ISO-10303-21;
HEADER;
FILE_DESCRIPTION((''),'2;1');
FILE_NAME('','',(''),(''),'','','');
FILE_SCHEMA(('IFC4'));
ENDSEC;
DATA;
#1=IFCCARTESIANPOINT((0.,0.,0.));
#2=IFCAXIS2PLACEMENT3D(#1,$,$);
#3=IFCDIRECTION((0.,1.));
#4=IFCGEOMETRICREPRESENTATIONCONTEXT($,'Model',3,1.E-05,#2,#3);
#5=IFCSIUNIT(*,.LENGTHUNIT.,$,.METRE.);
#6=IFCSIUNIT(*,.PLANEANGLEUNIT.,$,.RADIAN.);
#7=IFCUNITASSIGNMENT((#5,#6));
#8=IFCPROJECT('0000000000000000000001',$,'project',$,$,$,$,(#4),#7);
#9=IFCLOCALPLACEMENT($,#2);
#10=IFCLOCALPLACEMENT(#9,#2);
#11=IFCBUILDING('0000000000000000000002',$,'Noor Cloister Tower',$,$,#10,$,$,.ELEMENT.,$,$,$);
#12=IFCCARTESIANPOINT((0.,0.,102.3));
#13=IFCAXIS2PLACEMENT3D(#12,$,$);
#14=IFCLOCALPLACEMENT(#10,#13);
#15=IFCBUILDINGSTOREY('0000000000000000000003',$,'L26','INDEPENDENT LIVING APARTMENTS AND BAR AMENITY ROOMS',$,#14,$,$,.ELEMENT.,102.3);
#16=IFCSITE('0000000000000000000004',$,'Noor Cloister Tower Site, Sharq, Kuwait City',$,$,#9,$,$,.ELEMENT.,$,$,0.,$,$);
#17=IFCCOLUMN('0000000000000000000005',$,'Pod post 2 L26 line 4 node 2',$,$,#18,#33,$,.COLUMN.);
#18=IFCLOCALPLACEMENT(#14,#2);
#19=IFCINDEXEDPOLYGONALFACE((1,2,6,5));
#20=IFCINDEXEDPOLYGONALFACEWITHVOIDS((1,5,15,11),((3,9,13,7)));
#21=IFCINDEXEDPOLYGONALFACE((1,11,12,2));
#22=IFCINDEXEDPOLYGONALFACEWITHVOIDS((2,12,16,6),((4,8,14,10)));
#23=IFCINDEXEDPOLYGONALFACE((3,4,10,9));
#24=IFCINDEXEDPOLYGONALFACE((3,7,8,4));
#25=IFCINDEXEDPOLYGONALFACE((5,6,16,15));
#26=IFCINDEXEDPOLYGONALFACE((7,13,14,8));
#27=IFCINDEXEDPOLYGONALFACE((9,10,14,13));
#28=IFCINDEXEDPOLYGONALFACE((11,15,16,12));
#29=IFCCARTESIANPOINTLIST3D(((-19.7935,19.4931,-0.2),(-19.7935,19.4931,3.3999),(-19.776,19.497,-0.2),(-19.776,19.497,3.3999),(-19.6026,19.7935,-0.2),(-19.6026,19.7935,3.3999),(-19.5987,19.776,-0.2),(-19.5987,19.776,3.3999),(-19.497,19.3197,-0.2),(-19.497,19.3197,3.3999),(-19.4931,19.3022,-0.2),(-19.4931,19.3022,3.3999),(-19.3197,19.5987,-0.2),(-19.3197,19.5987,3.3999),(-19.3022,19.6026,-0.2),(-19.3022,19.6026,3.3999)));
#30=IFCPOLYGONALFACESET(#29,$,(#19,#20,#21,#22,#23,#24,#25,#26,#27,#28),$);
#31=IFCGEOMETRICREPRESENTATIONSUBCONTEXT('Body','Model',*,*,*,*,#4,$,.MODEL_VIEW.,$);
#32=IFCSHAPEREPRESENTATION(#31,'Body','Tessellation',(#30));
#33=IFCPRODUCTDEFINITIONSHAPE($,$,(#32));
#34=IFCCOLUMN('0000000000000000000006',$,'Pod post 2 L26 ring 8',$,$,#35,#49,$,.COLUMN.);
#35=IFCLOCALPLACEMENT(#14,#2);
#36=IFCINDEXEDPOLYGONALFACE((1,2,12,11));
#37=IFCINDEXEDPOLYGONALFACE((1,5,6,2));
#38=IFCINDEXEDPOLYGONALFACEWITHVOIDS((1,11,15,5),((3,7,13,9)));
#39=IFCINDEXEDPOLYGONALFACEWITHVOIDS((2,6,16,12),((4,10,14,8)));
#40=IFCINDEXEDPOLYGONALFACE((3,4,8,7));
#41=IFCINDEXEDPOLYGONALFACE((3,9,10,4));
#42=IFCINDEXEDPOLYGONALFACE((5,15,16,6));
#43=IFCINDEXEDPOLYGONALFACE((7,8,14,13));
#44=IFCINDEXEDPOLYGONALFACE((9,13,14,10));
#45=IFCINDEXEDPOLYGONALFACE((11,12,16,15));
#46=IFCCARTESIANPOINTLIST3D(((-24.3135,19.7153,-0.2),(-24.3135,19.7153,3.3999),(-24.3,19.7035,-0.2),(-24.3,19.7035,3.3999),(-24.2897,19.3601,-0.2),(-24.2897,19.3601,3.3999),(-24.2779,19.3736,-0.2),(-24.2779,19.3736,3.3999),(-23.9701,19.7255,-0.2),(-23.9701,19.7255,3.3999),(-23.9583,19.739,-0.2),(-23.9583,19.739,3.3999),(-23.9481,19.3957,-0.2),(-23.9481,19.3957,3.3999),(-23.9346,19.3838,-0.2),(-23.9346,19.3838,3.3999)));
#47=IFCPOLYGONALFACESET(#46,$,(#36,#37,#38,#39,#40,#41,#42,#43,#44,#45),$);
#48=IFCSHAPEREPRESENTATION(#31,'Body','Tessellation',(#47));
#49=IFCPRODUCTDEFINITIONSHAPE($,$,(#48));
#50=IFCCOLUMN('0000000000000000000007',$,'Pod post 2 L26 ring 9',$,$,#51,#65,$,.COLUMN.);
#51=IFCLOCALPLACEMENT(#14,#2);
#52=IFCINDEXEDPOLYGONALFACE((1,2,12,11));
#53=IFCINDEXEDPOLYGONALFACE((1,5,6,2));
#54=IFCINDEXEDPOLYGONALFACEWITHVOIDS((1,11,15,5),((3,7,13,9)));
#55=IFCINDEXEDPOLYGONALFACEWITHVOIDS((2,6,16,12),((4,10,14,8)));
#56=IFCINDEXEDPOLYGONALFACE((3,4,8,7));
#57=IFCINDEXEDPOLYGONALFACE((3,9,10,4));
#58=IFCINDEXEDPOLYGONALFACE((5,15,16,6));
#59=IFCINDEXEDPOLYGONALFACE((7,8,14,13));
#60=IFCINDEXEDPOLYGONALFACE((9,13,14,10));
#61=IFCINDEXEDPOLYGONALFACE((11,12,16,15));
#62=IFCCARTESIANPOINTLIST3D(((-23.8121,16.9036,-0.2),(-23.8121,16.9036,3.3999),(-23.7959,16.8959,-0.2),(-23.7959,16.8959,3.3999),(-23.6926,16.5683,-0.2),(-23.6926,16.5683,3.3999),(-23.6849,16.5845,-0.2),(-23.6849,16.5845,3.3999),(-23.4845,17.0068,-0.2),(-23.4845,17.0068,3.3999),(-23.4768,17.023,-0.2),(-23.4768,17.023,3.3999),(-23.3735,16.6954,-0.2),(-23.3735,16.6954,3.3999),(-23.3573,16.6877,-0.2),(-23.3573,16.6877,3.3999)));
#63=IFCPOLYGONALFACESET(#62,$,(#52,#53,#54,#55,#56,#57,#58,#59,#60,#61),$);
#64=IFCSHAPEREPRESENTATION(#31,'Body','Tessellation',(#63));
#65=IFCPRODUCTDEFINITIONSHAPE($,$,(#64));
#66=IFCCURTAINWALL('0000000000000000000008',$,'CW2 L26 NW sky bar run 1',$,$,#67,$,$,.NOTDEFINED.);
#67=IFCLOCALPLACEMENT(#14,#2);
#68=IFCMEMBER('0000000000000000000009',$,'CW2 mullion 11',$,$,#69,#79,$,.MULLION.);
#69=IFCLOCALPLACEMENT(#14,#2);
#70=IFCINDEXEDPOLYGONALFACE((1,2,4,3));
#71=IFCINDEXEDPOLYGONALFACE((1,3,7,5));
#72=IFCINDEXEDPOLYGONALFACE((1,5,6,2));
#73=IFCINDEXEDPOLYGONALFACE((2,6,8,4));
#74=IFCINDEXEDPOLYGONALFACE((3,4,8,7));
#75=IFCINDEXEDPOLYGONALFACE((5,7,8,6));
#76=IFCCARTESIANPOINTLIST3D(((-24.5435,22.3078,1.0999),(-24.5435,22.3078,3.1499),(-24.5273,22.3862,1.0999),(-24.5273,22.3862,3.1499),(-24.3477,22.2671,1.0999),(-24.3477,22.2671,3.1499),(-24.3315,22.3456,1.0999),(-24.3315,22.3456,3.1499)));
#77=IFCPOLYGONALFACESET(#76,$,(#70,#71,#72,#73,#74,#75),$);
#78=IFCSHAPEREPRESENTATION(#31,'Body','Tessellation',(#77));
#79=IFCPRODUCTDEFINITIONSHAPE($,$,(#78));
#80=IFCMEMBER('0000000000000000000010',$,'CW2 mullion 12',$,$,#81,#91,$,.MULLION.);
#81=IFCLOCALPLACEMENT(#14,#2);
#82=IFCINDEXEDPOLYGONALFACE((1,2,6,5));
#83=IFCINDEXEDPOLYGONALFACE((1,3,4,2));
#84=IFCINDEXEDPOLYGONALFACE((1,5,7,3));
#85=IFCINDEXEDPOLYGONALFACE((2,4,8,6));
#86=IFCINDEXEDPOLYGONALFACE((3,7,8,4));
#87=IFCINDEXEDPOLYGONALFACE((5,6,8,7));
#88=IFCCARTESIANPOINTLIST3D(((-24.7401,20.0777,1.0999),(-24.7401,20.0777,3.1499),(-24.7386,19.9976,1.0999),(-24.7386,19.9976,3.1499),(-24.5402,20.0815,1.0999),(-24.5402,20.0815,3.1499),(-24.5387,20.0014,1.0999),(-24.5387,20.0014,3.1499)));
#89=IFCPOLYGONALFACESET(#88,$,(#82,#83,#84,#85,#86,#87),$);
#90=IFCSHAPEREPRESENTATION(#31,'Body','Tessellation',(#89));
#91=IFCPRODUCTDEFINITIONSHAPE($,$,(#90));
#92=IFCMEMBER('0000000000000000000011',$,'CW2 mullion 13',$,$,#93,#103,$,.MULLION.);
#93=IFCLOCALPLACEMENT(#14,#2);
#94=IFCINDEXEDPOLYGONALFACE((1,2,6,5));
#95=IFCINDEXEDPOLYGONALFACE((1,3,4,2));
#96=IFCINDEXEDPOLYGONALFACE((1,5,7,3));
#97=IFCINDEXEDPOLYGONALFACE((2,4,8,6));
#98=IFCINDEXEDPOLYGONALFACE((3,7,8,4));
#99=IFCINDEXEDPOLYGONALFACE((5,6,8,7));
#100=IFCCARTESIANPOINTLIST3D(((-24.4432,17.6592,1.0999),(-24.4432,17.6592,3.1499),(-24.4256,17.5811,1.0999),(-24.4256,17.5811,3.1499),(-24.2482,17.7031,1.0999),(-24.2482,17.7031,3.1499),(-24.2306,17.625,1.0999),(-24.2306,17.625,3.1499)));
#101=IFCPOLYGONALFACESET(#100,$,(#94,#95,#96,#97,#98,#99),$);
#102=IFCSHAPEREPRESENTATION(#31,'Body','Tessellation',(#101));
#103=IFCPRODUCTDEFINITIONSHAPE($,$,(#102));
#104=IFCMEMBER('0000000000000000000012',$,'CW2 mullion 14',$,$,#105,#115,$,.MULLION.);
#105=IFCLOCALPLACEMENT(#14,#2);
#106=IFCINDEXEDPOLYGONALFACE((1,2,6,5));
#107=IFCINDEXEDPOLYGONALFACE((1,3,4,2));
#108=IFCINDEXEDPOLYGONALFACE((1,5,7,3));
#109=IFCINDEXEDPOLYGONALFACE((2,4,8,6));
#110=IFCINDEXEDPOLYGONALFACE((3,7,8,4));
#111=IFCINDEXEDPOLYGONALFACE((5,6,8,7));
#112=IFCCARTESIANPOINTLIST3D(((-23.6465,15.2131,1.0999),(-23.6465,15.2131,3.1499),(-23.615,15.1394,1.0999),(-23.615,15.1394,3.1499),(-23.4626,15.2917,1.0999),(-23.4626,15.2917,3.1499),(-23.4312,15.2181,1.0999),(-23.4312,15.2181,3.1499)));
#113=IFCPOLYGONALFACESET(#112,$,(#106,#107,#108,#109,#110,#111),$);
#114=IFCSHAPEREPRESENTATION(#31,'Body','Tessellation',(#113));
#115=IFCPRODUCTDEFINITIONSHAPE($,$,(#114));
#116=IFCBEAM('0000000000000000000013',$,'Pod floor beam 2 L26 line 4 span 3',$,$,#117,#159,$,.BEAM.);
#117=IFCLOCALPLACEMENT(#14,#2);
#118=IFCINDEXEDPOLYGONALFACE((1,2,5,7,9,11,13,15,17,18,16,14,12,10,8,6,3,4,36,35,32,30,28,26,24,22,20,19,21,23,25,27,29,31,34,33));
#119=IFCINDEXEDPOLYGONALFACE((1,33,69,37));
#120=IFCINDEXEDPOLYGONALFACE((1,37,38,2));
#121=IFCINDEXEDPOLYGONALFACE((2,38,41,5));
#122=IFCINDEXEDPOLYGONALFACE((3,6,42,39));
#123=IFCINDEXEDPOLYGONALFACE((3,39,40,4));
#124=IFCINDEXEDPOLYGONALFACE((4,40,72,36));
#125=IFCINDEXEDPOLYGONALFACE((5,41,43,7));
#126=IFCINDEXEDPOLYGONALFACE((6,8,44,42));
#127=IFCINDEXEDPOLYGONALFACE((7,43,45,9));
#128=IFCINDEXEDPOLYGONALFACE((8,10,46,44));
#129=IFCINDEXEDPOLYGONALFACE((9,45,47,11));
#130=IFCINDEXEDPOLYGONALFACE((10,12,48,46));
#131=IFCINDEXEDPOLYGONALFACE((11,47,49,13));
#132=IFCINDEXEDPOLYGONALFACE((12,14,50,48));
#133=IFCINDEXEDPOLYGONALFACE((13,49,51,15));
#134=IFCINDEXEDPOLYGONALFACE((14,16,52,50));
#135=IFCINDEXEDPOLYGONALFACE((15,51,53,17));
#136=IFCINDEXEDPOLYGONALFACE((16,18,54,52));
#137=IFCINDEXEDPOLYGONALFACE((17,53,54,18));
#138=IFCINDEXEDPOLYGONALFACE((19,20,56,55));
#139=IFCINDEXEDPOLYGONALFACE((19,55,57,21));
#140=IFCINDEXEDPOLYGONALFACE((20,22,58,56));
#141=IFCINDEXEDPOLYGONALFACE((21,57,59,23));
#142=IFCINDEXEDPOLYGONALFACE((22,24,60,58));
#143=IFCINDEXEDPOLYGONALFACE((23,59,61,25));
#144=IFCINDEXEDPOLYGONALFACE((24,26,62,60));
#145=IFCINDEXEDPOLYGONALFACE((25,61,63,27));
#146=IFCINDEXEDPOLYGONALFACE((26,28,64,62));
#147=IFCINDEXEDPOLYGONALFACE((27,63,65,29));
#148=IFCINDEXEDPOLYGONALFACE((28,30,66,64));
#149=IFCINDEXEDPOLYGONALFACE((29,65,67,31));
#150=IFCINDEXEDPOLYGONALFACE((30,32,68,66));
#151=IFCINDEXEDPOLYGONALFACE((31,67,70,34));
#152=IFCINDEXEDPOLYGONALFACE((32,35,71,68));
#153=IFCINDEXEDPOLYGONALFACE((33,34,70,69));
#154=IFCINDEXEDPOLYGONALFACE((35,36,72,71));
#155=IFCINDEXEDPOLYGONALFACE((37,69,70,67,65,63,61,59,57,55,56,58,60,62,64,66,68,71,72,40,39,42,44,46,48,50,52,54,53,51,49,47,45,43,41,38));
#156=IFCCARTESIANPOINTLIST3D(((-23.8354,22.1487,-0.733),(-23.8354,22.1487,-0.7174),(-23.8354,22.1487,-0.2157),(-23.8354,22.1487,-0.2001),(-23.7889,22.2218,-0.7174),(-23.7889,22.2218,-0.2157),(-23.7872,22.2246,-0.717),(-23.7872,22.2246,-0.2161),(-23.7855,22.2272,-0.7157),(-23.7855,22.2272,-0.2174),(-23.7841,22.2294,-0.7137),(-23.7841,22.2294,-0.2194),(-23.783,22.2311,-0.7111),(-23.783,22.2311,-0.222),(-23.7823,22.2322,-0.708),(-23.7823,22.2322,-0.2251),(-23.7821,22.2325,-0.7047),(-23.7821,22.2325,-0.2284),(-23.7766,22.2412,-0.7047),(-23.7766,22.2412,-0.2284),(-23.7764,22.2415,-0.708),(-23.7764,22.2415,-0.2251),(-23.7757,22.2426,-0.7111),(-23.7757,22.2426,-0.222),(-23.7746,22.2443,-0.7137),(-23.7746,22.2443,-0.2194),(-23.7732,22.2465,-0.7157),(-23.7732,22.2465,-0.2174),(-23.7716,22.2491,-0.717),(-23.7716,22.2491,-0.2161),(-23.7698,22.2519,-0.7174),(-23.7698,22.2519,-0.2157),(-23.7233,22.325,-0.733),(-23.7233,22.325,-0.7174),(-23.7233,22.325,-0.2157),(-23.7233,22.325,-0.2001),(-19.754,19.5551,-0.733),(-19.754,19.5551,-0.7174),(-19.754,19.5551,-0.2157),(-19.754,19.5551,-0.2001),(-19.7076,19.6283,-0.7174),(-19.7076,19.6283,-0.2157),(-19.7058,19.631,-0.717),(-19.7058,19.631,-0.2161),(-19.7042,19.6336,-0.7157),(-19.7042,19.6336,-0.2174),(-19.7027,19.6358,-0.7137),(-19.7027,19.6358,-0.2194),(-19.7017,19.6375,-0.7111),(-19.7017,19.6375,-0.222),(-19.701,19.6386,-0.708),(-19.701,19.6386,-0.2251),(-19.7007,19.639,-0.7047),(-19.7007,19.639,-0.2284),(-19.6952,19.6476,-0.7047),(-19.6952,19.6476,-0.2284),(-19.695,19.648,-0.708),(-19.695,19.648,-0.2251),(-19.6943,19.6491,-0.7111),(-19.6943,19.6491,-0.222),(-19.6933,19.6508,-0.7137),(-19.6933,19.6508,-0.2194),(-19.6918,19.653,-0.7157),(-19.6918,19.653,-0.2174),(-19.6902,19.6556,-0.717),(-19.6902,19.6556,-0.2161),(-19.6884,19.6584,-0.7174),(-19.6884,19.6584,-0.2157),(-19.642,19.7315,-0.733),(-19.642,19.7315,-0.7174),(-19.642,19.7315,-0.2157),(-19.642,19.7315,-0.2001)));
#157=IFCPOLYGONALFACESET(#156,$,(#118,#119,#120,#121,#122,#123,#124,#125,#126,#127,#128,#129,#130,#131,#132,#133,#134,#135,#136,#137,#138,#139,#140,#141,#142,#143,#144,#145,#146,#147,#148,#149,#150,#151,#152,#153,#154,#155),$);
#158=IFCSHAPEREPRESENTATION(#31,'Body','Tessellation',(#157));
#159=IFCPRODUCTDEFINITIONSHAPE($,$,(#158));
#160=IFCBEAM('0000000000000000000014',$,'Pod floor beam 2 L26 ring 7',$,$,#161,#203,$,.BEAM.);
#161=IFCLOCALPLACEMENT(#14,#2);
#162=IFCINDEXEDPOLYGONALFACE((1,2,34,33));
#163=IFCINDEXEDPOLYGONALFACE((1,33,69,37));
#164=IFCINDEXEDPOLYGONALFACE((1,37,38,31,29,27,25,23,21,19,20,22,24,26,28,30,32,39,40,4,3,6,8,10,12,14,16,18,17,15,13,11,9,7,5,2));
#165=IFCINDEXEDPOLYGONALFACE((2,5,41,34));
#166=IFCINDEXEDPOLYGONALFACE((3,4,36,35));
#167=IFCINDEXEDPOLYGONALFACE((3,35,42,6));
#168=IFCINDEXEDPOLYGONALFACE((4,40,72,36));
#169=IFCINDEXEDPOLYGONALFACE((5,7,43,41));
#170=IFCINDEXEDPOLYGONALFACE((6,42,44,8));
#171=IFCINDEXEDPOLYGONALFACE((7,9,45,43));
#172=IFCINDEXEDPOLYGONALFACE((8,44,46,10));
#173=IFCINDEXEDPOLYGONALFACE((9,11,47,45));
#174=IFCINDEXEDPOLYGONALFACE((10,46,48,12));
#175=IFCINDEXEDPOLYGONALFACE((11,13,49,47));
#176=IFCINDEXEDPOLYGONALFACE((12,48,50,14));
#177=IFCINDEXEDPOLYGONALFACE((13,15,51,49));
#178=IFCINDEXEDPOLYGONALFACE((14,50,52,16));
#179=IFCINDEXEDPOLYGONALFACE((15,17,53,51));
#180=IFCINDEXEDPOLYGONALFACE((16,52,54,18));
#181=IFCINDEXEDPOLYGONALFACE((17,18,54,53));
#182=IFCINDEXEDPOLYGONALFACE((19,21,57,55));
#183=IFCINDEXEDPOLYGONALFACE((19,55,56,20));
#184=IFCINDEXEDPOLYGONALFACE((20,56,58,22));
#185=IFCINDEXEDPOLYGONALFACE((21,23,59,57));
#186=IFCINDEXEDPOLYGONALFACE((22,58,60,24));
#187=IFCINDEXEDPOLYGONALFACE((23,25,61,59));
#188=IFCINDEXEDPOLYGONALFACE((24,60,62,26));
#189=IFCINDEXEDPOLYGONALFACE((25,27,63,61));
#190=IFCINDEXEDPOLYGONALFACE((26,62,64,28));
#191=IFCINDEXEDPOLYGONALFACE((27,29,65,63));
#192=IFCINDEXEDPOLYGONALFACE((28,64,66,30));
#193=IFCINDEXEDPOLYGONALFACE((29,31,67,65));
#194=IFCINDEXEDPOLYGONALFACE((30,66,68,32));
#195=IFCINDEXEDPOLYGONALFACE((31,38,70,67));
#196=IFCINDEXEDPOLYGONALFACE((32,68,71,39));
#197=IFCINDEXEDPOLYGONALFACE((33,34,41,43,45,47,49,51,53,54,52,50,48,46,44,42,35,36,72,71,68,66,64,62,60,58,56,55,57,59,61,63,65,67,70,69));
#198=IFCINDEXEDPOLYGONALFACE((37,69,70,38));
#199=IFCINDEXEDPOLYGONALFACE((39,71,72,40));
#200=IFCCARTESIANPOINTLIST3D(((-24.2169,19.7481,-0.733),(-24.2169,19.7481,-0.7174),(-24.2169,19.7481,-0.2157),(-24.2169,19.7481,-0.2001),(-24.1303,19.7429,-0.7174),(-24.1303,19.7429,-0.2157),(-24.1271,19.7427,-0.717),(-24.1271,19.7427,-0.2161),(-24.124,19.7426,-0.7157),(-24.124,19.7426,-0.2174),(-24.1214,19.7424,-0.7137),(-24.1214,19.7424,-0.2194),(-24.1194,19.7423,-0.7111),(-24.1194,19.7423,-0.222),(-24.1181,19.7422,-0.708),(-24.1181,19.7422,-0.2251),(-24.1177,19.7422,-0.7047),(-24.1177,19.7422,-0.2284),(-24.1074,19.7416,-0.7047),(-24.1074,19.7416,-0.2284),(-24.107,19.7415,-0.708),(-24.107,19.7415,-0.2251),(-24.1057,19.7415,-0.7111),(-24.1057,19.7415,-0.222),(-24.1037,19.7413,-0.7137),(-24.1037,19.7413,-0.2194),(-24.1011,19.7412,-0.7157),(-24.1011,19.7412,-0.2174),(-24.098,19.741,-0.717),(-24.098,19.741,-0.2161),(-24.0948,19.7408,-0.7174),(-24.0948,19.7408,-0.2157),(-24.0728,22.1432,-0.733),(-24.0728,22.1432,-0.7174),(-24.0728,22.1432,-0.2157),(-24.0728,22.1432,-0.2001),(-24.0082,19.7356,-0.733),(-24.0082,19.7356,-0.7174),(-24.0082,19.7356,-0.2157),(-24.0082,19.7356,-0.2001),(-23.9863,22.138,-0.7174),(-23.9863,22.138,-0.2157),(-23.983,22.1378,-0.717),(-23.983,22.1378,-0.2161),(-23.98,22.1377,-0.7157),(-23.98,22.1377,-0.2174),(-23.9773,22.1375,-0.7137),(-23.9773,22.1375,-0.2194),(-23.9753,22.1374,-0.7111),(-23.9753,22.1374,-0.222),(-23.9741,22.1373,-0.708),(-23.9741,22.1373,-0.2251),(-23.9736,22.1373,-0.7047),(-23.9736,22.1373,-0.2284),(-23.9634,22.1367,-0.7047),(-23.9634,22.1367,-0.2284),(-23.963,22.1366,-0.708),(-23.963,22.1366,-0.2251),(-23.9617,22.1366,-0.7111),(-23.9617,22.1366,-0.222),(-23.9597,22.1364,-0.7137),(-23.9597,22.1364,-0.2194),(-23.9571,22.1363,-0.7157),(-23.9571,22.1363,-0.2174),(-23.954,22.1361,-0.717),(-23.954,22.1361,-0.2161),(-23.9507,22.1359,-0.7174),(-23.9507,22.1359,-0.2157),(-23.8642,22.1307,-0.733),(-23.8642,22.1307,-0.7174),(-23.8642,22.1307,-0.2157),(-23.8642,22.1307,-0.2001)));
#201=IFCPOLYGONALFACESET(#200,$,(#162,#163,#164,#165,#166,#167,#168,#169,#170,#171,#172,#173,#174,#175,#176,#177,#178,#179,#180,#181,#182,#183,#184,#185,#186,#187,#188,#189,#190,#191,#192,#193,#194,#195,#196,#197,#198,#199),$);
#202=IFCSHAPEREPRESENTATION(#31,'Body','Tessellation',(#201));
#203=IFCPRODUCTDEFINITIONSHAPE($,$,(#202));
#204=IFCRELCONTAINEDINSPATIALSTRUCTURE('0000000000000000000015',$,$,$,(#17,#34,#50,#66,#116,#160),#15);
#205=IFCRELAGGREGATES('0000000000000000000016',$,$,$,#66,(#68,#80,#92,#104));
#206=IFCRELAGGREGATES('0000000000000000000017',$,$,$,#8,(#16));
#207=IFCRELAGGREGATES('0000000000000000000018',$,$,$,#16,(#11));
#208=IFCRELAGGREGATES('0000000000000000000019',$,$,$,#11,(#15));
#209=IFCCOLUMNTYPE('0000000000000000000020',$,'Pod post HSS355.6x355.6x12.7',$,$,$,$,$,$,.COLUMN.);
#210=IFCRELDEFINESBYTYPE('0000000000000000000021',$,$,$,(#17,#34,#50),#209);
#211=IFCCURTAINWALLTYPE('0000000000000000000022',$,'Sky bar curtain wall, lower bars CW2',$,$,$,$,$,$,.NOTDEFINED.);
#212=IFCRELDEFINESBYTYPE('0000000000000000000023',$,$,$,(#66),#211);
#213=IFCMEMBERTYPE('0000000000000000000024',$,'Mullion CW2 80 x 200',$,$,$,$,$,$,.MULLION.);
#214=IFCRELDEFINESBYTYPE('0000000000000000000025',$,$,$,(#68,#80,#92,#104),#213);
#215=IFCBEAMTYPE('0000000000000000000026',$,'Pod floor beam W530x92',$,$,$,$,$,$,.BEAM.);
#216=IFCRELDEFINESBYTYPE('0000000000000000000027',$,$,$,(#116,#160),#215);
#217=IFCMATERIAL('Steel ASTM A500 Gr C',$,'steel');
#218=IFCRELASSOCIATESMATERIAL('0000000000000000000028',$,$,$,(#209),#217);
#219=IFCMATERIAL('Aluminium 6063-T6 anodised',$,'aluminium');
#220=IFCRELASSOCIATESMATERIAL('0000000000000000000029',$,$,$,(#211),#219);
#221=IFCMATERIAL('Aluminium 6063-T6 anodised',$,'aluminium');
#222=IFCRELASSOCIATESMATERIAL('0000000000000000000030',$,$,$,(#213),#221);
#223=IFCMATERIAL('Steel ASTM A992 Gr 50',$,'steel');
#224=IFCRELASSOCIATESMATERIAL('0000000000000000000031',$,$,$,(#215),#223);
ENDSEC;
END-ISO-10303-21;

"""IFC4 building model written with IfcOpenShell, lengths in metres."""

from ifc_helpers import new_model, si_unit, direction, frame, origin, origin_2d, place, context, subcontext, project, spatial, rectangle, hollow_rectangle, i_section, extrude, material, material_profile, profile_set, type_object, element, aggregate, save


model = new_model("IFC4")

# Units and contexts
model_context = context("Model", 3, precision=1e-05, world=origin(), true_north=direction((0.0, 1.0)))
body_context = subcontext(model_context, "Body", "Model", "MODEL_VIEW")
ifc_project = project(units=[si_unit("LENGTHUNIT", "METRE"), si_unit("PLANEANGLEUNIT", "RADIAN")], contexts=[model_context])

# Site, building, storey
site_placement = place(None, origin())
site = spatial("IfcSite", under=ifc_project, at=site_placement, Name="Noor Cloister Tower Site, Sharq, Kuwait City", CompositionType="ELEMENT", RefElevation=0.0)
building_placement = place(site_placement, origin())
building = spatial("IfcBuilding", under=site, at=building_placement, Name="Noor Cloister Tower", CompositionType="ELEMENT")
storey_placement = place(building_placement, frame((0.0, 0.0, 102.3)))
storey = spatial("IfcBuildingStorey", under=building, at=storey_placement, Name="L26", Description="INDEPENDENT LIVING APARTMENTS AND BAR AMENITY ROOMS", CompositionType="ELEMENT", Elevation=102.3)

# Columns
ifc_material_1 = material(Name="Steel ASTM A500 Gr C", Category="steel")
ifc_material_profile_1 = material_profile(ifc_material_1, hollow_rectangle(XDim=0.356, YDim=0.356, WallThickness=0.0127, at=origin_2d()), Name="HSS355.6x355.6x12.7")
ifc_profile_set_1 = profile_set([ifc_material_profile_1], Name="Steel ASTM A500 Gr C")
column_type = type_object("IfcColumnType", Name="Pod post HSS355.6x355.6x12.7", PredefinedType="COLUMN", material=ifc_profile_set_1)
for number, where, z_axis, x_axis, name in (
    (1, (-19.5479, 19.5479, -0.2), (0.0, 0.0, 1.0), (-0.843996, 0.53635, 0.0), "Pod post 2 L26 line 4 node 2"),
    (2, (-24.124, 19.5496, -0.2), (0.0, 0.0, 1.0), (0.066691, -0.997774, 0.0), "Pod post 2 L26 ring 8"),
    (3, (-23.5847, 16.7957, -0.2), (0.0, 0.0, 1.0), (0.335654, -0.941985, 0.0), "Pod post 2 L26 ring 9"),
):
    element("IfcColumn", number, at=place(storey_placement, frame(where, z_axis=z_axis, x_axis=x_axis)), inside=storey, type_object=column_type, Name=name, PredefinedType="COLUMN", context=body_context, shape_type="SweptSolid", body=[
        extrude(hollow_rectangle(XDim=0.356, YDim=0.356, WallThickness=0.0127, at=origin_2d()), origin(), (0.0, 0.0, 1.0), 3.5999),
    ])

# Curtain wall, members
ifc_material_2 = material(Name="Aluminium 6063-T6 anodised", Category="aluminium")
curtain_wall_type = type_object("IfcCurtainWallType", Name="Sky bar curtain wall, lower bars CW2", PredefinedType="NOTDEFINED", material=ifc_material_2)
curtain_wall_placement = place(storey_placement, origin())
curtain_wall = element("IfcCurtainWall", 4, at=curtain_wall_placement, inside=storey, type_object=curtain_wall_type, Name="CW2 L26 NW sky bar run 1", PredefinedType="NOTDEFINED")
ifc_material_3 = material(Name="Aluminium 6063-T6 anodised", Category="aluminium")
ifc_material_profile_2 = material_profile(ifc_material_3, rectangle(XDim=0.2, YDim=0.0801, at=origin_2d()), Name="200 x 80 mullion")
ifc_profile_set_2 = profile_set([ifc_material_profile_2], Name="Aluminium 6063-T6 anodised")
member_type = type_object("IfcMemberType", Name="Mullion CW2 80 x 200", PredefinedType="MULLION", material=ifc_profile_set_2)
member_1_placement = place(storey_placement, frame((-24.4375, 22.3267, 1.0999), z_axis=(0.0, 0.0, 1.0), x_axis=(0.979147, -0.203155, 0.0)))
member_1 = element("IfcMember", 5, at=member_1_placement, type_object=member_type, Name="CW2 mullion 11", PredefinedType="MULLION", context=body_context, shape_type="SweptSolid", body=[
    extrude(rectangle(XDim=0.2, YDim=0.0801, at=origin_2d()), origin(), (0.0, 0.0, 1.0), 2.05),
])
member_2_placement = place(storey_placement, frame((-24.6394, 20.0396, 1.0999), z_axis=(0.0, 0.0, 1.0), x_axis=(0.999824, 0.018753, 0.0)))
member_2 = element("IfcMember", 6, at=member_2_placement, type_object=member_type, Name="CW2 mullion 12", PredefinedType="MULLION", context=body_context, shape_type="SweptSolid", body=[
    extrude(rectangle(XDim=0.2, YDim=0.0801, at=origin_2d()), origin(), (0.0, 0.0, 1.0), 2.05),
])
member_3_placement = place(storey_placement, frame((-24.3369, 17.6421, 1.0999), z_axis=(0.0, 0.0, 1.0), x_axis=(0.975532, 0.219857, 0.0)))
member_3 = element("IfcMember", 7, at=member_3_placement, type_object=member_type, Name="CW2 mullion 13", PredefinedType="MULLION", context=body_context, shape_type="SweptSolid", body=[
    extrude(rectangle(XDim=0.2, YDim=0.0801, at=origin_2d()), origin(), (0.0, 0.0, 1.0), 2.05),
])
member_4_placement = place(storey_placement, frame((-23.5388, 15.2156, 1.0999), z_axis=(0.0, 0.0, 1.0), x_axis=(0.919403, 0.393317, 0.0)))
member_4 = element("IfcMember", 8, at=member_4_placement, type_object=member_type, Name="CW2 mullion 14", PredefinedType="MULLION", context=body_context, shape_type="SweptSolid", body=[
    extrude(rectangle(XDim=0.2, YDim=0.0801, at=origin_2d()), origin(), (0.0, 0.0, 1.0), 2.05),
])

# Beams
ifc_material_4 = material(Name="Steel ASTM A992 Gr 50", Category="steel")
ifc_material_profile_3 = material_profile(ifc_material_4, i_section(OverallWidth=0.209, OverallDepth=0.533, WebThickness=0.0103, FlangeThickness=0.0156, FilletRadius=0.0127, at=origin_2d()), Name="W530x92")
ifc_profile_set_3 = profile_set([ifc_material_profile_3], Name="Steel ASTM A992 Gr 50")
beam_type = type_object("IfcBeamType", Name="Pod floor beam W530x92", PredefinedType="BEAM", material=ifc_profile_set_3)
beam_1_placement = place(storey_placement, frame((-19.698, 19.6433, -0.4666), z_axis=(-0.844006, 0.536333, 0.0), x_axis=(-0.536333, -0.844006, 0.0)))
element("IfcBeam", 9, at=beam_1_placement, inside=storey, type_object=beam_type, Name="Pod floor beam 2 L26 line 4 span 3", PredefinedType="BEAM", context=body_context, shape_type="SweptSolid", body=[
    extrude(i_section(OverallWidth=0.209, OverallDepth=0.533, WebThickness=0.0103, FlangeThickness=0.0156, FilletRadius=0.0127, at=origin_2d()), origin(), (0.0, 0.0, 1.0), 4.8357),
])
beam_2_placement = place(storey_placement, frame((-23.9685, 22.137, -0.4666), z_axis=(-0.060034, -0.998196, 0.0), x_axis=(0.998196, -0.060034, 0.0)))
element("IfcBeam", 10, at=beam_2_placement, inside=storey, type_object=beam_type, Name="Pod floor beam 2 L26 ring 7", PredefinedType="BEAM", context=body_context, shape_type="SweptSolid", body=[
    extrude(i_section(OverallWidth=0.209, OverallDepth=0.533, WebThickness=0.0103, FlangeThickness=0.0156, FilletRadius=0.0127, at=origin_2d()), origin(), (0.0, 0.0, 1.0), 2.3994),
])

aggregate(curtain_wall, [member_1, member_2, member_3, member_4])

save(model, "model.ifc")
